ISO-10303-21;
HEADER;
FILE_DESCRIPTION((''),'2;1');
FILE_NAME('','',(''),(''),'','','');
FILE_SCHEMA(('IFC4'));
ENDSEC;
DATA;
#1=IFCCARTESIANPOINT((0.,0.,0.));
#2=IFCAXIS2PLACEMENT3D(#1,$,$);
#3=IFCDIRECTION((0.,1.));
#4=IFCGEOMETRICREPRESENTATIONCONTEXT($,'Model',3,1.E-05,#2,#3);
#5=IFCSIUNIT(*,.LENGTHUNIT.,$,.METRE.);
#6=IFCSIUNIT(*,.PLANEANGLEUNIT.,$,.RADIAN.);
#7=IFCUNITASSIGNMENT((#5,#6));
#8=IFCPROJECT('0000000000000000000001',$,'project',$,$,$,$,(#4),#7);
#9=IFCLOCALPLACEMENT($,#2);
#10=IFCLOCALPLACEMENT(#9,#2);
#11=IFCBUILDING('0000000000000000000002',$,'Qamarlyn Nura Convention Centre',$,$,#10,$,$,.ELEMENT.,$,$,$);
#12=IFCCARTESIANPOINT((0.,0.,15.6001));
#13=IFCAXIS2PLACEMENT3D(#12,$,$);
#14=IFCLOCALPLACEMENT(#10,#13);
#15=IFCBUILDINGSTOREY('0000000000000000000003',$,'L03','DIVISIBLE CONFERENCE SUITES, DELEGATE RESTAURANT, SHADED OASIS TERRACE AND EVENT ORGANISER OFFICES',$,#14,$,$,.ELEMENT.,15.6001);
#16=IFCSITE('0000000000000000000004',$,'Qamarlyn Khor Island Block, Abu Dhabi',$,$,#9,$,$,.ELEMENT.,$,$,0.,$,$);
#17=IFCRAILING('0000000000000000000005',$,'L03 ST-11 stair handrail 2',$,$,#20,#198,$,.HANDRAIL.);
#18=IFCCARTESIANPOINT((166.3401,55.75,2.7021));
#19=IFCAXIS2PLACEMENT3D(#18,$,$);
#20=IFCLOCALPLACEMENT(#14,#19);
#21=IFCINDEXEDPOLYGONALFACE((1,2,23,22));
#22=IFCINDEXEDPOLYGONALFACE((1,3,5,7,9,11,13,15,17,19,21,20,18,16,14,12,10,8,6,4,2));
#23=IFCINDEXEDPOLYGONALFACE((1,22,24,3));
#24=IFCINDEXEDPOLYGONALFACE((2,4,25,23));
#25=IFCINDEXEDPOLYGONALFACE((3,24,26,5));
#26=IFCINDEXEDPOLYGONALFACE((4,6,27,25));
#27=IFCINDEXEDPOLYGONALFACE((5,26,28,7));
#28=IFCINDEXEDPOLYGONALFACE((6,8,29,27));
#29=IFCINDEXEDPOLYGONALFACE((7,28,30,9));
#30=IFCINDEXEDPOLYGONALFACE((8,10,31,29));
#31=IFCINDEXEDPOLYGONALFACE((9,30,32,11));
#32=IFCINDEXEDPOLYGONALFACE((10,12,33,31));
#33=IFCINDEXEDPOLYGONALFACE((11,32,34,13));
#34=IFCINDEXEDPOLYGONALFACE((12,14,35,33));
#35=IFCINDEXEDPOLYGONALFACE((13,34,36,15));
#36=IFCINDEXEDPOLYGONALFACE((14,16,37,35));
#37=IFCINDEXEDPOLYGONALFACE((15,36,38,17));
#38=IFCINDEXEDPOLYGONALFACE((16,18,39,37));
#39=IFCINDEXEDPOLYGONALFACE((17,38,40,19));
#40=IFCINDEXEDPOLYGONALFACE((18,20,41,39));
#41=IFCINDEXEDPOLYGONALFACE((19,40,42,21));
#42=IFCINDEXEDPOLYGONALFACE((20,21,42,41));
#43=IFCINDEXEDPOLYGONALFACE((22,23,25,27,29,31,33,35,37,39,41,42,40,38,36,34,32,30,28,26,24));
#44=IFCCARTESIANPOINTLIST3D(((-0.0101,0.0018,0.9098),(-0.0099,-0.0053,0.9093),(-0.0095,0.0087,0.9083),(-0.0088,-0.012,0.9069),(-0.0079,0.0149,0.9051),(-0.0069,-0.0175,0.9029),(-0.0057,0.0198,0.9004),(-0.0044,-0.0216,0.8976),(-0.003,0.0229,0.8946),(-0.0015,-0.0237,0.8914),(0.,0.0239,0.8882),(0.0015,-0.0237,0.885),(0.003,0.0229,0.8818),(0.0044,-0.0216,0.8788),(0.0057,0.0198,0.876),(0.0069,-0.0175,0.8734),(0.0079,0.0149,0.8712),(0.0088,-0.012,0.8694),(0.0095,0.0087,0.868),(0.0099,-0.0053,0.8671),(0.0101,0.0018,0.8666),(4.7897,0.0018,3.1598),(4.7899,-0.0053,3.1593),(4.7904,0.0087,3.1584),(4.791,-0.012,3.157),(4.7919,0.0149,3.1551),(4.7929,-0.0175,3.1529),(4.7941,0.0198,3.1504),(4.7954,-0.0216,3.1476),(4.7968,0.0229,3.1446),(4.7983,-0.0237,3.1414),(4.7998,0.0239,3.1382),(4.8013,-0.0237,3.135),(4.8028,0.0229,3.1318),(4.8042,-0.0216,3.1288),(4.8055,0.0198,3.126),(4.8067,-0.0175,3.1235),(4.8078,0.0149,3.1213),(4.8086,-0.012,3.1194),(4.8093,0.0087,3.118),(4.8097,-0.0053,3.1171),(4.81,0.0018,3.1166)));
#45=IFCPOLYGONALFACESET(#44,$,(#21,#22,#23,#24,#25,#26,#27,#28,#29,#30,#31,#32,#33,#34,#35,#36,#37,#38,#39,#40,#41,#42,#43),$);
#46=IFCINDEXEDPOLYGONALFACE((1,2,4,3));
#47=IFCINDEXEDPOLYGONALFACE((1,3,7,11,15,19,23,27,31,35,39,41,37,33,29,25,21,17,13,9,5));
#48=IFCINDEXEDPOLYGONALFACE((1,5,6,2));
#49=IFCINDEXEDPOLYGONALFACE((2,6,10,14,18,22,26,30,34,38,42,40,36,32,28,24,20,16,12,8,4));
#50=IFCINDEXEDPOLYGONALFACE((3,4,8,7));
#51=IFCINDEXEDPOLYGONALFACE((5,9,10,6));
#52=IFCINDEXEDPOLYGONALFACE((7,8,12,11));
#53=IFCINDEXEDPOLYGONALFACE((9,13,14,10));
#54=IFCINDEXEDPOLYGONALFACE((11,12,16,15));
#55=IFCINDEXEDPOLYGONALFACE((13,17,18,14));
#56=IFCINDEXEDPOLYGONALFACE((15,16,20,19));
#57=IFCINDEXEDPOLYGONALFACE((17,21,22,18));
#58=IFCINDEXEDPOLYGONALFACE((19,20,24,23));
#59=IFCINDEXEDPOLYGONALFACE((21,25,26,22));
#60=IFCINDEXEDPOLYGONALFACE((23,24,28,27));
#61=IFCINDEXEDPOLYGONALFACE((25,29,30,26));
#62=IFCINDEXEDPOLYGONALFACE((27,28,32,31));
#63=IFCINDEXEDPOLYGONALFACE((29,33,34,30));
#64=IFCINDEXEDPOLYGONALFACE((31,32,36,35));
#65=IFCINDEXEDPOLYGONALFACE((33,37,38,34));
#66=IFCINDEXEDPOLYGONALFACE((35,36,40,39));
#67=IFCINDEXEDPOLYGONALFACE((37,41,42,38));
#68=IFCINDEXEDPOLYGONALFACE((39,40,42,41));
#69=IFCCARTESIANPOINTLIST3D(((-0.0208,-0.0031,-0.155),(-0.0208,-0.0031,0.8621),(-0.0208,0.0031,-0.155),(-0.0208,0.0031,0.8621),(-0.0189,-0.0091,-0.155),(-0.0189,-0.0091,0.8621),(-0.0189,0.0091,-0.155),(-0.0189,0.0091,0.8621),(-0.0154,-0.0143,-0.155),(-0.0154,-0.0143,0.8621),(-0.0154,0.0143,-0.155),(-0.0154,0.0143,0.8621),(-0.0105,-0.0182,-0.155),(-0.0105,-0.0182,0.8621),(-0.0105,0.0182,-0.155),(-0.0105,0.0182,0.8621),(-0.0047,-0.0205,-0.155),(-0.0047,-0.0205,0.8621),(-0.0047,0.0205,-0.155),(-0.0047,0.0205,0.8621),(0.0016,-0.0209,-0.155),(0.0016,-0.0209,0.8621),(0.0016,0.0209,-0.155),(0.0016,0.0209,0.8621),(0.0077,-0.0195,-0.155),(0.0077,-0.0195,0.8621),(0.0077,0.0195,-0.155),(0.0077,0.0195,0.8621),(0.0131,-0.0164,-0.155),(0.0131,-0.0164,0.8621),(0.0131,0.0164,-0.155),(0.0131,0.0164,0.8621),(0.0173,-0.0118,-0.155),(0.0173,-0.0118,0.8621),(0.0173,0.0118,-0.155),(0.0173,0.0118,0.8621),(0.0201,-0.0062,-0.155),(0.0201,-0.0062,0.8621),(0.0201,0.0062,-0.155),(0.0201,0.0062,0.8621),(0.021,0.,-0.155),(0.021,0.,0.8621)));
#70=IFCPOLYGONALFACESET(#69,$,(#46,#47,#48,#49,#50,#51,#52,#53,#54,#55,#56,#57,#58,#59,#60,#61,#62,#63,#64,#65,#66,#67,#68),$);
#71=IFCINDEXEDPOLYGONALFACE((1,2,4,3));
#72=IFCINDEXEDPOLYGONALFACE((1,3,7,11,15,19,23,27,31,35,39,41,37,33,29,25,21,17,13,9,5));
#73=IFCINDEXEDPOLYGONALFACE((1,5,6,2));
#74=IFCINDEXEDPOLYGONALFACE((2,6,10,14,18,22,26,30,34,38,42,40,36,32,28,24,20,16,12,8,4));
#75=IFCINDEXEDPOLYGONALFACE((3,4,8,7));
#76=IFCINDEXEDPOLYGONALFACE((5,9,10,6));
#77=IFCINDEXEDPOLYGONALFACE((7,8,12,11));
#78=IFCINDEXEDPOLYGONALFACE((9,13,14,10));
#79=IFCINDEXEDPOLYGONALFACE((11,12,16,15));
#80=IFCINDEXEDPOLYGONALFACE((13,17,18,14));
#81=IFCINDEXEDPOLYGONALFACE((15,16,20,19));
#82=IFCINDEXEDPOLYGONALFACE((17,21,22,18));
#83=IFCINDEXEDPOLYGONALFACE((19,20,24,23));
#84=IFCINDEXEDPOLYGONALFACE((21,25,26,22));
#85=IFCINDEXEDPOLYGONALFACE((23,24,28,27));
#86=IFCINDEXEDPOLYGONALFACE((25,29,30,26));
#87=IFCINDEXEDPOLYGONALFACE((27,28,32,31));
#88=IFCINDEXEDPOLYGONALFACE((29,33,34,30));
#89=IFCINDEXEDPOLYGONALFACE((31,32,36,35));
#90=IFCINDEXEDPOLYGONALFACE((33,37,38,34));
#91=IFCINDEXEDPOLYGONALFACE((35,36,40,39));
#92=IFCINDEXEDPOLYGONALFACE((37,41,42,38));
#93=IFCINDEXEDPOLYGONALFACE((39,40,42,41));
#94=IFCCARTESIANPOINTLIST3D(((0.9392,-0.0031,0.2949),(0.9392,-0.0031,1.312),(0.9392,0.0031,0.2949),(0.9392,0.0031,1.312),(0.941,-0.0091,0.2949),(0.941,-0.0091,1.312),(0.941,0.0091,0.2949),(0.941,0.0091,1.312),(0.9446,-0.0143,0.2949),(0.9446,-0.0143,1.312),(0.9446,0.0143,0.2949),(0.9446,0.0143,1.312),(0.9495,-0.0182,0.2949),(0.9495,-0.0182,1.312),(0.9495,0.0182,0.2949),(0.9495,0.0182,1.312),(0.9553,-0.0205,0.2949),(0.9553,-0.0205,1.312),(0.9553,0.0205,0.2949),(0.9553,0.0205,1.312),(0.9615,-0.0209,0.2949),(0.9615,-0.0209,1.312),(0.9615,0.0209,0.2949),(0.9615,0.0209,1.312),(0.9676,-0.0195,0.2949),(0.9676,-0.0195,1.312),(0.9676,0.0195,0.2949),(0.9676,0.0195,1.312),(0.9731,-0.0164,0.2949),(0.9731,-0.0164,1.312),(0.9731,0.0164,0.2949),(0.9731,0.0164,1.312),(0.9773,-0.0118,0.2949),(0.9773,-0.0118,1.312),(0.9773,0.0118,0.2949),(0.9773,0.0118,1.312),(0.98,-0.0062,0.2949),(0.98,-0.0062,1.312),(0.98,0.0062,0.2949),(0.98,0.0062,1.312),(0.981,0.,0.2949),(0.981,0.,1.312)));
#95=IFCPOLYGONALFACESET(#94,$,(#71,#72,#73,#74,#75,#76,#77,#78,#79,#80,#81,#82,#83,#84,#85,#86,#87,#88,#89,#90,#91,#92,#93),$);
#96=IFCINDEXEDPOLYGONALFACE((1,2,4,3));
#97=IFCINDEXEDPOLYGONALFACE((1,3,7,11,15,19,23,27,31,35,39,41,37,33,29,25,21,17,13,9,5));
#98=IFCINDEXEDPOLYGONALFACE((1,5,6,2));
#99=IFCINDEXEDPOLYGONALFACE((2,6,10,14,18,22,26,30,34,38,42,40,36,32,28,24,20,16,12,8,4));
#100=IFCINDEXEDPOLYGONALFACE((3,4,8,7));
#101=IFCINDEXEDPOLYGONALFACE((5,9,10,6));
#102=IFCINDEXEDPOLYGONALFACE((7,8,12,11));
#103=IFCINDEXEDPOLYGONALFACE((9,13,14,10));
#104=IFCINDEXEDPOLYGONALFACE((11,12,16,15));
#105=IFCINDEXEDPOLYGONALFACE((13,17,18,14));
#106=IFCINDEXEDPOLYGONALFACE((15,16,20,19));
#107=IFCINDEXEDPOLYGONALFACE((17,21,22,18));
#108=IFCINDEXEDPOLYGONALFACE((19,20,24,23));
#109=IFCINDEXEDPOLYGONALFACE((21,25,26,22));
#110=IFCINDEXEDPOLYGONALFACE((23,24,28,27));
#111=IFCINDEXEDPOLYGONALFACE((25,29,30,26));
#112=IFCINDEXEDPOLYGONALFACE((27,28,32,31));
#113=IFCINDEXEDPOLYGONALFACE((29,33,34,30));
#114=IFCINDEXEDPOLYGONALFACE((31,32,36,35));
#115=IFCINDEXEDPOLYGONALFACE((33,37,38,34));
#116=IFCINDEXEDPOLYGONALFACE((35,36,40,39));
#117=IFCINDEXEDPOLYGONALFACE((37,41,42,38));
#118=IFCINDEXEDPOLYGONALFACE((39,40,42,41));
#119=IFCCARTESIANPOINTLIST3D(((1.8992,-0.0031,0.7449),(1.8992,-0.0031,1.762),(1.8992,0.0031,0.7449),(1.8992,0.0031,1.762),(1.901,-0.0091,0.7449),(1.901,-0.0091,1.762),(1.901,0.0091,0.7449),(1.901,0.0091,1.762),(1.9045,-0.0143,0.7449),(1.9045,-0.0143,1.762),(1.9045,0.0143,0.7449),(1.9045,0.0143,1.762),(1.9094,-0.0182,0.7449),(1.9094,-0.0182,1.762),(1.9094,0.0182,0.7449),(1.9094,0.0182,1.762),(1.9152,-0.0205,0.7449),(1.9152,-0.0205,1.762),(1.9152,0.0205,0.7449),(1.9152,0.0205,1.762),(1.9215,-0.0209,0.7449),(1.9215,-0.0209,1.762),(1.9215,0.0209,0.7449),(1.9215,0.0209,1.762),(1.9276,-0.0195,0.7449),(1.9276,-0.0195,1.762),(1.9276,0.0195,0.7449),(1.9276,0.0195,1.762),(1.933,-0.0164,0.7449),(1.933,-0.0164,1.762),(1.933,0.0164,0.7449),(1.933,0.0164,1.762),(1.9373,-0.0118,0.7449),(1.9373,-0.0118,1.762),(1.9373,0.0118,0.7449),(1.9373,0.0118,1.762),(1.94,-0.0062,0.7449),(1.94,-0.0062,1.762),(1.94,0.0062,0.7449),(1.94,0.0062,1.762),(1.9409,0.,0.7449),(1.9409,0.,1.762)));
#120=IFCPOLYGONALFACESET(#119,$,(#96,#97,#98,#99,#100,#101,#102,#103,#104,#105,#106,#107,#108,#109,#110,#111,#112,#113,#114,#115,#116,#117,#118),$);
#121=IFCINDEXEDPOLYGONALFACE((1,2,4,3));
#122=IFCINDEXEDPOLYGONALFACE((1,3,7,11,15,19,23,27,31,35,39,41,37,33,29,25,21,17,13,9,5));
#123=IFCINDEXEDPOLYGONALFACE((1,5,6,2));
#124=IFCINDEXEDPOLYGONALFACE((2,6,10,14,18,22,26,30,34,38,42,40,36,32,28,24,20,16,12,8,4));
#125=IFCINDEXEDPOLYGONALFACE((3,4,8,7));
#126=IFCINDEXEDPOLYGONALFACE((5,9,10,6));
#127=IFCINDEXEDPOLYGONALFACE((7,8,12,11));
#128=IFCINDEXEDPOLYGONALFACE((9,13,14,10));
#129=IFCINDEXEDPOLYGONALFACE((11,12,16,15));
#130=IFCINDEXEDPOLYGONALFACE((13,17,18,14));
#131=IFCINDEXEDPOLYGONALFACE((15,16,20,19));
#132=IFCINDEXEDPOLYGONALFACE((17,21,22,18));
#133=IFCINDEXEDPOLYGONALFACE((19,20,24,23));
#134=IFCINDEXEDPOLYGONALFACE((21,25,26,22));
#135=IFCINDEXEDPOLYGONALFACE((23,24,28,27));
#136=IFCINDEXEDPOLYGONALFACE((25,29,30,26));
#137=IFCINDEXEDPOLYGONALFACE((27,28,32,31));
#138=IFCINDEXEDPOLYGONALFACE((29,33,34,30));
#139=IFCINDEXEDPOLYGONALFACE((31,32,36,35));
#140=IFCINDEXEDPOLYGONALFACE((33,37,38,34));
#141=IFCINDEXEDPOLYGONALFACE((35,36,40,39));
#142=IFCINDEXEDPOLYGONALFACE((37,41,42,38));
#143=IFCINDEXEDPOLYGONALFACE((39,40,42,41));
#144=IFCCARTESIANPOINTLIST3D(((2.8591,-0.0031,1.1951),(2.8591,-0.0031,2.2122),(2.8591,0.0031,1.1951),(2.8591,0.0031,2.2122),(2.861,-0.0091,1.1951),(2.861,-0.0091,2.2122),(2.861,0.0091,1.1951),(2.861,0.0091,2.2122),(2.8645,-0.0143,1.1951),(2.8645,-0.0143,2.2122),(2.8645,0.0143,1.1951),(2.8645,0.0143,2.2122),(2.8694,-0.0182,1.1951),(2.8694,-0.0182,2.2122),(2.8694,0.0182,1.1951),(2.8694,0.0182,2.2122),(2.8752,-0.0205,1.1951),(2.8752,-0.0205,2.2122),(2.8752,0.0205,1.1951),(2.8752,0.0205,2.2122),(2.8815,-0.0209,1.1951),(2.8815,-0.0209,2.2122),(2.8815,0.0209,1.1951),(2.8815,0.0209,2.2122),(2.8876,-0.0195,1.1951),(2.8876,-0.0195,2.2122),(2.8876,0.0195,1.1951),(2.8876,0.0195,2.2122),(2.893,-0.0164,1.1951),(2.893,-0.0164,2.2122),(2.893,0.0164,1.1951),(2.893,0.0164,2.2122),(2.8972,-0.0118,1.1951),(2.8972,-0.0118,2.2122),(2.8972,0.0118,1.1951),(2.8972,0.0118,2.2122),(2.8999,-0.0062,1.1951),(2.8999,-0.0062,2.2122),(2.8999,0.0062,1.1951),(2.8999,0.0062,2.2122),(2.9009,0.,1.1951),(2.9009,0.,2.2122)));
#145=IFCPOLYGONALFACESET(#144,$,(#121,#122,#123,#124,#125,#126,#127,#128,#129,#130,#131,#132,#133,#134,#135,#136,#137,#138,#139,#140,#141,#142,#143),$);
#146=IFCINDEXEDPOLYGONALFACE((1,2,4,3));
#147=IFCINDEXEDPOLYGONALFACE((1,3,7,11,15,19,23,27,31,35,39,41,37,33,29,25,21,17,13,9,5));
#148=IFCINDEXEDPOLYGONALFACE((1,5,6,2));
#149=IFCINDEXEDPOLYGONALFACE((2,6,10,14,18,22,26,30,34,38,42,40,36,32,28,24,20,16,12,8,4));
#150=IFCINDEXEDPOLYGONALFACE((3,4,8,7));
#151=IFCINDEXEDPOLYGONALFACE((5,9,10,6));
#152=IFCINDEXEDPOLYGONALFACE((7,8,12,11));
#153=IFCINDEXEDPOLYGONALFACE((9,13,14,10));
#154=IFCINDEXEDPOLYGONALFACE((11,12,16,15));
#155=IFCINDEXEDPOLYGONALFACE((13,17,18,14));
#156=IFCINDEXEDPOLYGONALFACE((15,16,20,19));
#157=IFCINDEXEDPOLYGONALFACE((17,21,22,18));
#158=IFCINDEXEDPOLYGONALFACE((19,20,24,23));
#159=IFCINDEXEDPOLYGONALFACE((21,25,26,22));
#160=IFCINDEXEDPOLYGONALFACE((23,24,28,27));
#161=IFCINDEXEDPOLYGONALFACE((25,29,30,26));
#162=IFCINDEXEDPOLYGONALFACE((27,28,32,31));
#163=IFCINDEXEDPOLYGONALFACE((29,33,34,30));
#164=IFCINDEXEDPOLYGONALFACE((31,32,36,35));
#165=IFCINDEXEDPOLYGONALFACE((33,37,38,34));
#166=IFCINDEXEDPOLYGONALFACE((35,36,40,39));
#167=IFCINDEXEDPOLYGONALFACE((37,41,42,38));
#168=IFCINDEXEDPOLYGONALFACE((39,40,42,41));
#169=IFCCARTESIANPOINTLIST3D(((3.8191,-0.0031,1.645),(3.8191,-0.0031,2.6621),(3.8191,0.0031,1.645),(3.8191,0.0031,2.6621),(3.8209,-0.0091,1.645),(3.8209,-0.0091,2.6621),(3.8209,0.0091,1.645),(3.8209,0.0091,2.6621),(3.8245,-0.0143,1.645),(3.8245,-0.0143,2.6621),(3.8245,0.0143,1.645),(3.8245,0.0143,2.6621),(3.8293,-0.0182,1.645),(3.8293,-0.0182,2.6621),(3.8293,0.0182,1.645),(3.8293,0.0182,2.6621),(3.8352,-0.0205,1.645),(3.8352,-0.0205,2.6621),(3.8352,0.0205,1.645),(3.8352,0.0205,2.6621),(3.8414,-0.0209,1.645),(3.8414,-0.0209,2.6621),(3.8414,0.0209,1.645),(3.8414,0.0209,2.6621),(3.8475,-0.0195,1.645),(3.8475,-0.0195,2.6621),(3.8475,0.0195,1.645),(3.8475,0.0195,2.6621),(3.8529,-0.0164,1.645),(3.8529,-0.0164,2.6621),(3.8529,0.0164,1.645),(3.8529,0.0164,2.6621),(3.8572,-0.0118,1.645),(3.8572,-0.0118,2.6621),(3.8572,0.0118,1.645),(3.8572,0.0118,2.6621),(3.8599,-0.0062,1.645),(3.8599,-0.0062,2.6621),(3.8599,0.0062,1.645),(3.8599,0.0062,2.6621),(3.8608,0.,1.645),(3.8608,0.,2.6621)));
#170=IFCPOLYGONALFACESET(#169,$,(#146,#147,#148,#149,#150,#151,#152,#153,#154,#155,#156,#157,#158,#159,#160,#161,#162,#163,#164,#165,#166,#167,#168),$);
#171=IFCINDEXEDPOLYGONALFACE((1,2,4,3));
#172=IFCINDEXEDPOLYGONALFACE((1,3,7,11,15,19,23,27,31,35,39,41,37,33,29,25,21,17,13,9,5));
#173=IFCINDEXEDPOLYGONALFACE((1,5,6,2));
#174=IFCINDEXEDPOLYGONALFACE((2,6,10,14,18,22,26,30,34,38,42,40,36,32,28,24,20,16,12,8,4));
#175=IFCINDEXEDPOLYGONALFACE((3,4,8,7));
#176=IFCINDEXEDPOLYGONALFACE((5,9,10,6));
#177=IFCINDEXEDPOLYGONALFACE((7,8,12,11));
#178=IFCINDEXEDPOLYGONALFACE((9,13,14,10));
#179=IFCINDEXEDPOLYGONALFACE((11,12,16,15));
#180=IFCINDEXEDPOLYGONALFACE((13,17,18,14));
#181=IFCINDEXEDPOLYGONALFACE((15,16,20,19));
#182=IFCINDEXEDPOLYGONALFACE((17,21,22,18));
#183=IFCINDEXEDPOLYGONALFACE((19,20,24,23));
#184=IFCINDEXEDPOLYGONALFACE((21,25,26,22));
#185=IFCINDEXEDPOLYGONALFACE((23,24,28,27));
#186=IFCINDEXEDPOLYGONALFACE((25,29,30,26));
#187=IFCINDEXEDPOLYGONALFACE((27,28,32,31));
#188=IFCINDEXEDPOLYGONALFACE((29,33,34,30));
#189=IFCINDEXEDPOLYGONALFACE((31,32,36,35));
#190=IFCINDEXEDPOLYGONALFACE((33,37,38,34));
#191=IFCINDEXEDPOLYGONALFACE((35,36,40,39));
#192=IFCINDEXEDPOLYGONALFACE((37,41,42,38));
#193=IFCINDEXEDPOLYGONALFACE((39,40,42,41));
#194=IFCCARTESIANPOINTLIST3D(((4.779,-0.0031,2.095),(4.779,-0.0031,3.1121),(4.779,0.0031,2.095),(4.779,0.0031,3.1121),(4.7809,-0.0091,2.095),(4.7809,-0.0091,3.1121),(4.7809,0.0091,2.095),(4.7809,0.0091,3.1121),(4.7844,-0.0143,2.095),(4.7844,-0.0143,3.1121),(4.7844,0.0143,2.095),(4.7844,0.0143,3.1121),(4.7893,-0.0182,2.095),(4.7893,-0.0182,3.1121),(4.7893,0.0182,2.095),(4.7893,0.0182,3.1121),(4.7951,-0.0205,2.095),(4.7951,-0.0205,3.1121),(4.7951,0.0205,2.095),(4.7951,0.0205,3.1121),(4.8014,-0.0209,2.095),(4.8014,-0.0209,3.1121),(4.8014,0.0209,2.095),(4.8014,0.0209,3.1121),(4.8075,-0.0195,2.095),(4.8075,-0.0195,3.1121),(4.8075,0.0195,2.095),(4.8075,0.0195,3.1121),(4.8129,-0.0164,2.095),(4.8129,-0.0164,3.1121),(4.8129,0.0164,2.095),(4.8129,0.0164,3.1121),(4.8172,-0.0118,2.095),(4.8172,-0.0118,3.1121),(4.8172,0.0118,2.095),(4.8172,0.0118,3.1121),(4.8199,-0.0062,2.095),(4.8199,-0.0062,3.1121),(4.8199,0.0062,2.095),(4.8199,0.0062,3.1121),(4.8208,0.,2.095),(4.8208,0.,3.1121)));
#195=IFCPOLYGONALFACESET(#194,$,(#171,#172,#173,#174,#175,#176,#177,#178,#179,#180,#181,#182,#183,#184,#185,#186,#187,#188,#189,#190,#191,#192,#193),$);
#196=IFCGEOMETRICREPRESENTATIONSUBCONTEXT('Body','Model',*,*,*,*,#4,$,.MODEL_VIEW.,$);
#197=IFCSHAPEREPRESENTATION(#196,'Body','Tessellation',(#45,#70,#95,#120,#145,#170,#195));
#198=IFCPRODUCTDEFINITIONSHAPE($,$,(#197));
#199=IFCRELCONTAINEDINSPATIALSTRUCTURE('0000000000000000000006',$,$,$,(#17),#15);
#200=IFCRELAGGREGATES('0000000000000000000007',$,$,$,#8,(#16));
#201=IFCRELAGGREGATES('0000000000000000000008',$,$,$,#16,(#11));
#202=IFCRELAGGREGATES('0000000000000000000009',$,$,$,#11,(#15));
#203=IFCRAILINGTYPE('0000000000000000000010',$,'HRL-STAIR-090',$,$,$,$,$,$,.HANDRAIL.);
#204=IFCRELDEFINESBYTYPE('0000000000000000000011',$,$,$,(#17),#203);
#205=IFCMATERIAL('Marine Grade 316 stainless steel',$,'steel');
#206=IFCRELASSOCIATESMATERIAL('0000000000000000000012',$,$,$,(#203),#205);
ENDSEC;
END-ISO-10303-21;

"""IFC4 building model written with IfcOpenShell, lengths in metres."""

from ifc_helpers import new_model, si_unit, direction, frame, origin, origin_2d, place, context, subcontext, project, spatial, circle, extrude, material, type_object, element, save


model = new_model("IFC4")

# Units and contexts
model_context = context("Model", 3, precision=1e-05, world=origin(), true_north=direction((0.0, 1.0)))
body_context = subcontext(model_context, "Body", "Model", "MODEL_VIEW")
ifc_project = project(units=[si_unit("LENGTHUNIT", "METRE"), si_unit("PLANEANGLEUNIT", "RADIAN")], contexts=[model_context])

# Site, building, storey
site_placement = place(None, origin())
site = spatial("IfcSite", under=ifc_project, at=site_placement, Name="Qamarlyn Khor Island Block, Abu Dhabi", CompositionType="ELEMENT", RefElevation=0.0)
building_placement = place(site_placement, origin())
building = spatial("IfcBuilding", under=site, at=building_placement, Name="Qamarlyn Nura Convention Centre", CompositionType="ELEMENT")
storey_placement = place(building_placement, frame((0.0, 0.0, 15.6001)))
storey = spatial("IfcBuildingStorey", under=building, at=storey_placement, Name="L03", Description="DIVISIBLE CONFERENCE SUITES, DELEGATE RESTAURANT, SHADED OASIS TERRACE AND EVENT ORGANISER OFFICES", CompositionType="ELEMENT", Elevation=15.6001)

# Railing
ifc_material_1 = material(Name="Marine Grade 316 stainless steel", Category="steel")
railing_type_1 = type_object("IfcRailingType", Name="HRL-STAIR-090", PredefinedType="HANDRAIL", material=ifc_material_1)
railing_1_placement = place(storey_placement, frame((166.3401, 55.75, 2.7021)))
element("IfcRailing", 1, at=railing_1_placement, inside=storey, type_object=railing_type_1, Name="L03 ST-11 stair handrail 2", PredefinedType="HANDRAIL", context=body_context, shape_type="SweptSolid", body=[
    extrude(circle(Radius=0.0239, at=origin_2d()), frame((0.0, 0.0, 0.8882), z_axis=(0.905452, 0.0, 0.424448), x_axis=(0.0, 1.0, 0.0)), (0.0, 0.0, 1.0), 5.301),
    extrude(circle(Radius=0.021, at=origin_2d()), frame((0.0, 0.0, -0.155)), (0.0, 0.0, 1.0), 1.0171),
    extrude(circle(Radius=0.021, at=origin_2d()), frame((0.96, 0.0, 0.2949)), (0.0, 0.0, 1.0), 1.0171),
    extrude(circle(Radius=0.021, at=origin_2d()), frame((1.9199, 0.0, 0.7449)), (0.0, 0.0, 1.0), 1.0171),
    extrude(circle(Radius=0.021, at=origin_2d()), frame((2.8799, 0.0, 1.1951)), (0.0, 0.0, 1.0), 1.0171),
    extrude(circle(Radius=0.021, at=origin_2d()), frame((3.8398, 0.0, 1.645)), (0.0, 0.0, 1.0), 1.0171),
    extrude(circle(Radius=0.021, at=origin_2d()), frame((4.7998, 0.0, 2.095)), (0.0, 0.0, 1.0), 1.0171),
])

save(model, "model.ifc")
